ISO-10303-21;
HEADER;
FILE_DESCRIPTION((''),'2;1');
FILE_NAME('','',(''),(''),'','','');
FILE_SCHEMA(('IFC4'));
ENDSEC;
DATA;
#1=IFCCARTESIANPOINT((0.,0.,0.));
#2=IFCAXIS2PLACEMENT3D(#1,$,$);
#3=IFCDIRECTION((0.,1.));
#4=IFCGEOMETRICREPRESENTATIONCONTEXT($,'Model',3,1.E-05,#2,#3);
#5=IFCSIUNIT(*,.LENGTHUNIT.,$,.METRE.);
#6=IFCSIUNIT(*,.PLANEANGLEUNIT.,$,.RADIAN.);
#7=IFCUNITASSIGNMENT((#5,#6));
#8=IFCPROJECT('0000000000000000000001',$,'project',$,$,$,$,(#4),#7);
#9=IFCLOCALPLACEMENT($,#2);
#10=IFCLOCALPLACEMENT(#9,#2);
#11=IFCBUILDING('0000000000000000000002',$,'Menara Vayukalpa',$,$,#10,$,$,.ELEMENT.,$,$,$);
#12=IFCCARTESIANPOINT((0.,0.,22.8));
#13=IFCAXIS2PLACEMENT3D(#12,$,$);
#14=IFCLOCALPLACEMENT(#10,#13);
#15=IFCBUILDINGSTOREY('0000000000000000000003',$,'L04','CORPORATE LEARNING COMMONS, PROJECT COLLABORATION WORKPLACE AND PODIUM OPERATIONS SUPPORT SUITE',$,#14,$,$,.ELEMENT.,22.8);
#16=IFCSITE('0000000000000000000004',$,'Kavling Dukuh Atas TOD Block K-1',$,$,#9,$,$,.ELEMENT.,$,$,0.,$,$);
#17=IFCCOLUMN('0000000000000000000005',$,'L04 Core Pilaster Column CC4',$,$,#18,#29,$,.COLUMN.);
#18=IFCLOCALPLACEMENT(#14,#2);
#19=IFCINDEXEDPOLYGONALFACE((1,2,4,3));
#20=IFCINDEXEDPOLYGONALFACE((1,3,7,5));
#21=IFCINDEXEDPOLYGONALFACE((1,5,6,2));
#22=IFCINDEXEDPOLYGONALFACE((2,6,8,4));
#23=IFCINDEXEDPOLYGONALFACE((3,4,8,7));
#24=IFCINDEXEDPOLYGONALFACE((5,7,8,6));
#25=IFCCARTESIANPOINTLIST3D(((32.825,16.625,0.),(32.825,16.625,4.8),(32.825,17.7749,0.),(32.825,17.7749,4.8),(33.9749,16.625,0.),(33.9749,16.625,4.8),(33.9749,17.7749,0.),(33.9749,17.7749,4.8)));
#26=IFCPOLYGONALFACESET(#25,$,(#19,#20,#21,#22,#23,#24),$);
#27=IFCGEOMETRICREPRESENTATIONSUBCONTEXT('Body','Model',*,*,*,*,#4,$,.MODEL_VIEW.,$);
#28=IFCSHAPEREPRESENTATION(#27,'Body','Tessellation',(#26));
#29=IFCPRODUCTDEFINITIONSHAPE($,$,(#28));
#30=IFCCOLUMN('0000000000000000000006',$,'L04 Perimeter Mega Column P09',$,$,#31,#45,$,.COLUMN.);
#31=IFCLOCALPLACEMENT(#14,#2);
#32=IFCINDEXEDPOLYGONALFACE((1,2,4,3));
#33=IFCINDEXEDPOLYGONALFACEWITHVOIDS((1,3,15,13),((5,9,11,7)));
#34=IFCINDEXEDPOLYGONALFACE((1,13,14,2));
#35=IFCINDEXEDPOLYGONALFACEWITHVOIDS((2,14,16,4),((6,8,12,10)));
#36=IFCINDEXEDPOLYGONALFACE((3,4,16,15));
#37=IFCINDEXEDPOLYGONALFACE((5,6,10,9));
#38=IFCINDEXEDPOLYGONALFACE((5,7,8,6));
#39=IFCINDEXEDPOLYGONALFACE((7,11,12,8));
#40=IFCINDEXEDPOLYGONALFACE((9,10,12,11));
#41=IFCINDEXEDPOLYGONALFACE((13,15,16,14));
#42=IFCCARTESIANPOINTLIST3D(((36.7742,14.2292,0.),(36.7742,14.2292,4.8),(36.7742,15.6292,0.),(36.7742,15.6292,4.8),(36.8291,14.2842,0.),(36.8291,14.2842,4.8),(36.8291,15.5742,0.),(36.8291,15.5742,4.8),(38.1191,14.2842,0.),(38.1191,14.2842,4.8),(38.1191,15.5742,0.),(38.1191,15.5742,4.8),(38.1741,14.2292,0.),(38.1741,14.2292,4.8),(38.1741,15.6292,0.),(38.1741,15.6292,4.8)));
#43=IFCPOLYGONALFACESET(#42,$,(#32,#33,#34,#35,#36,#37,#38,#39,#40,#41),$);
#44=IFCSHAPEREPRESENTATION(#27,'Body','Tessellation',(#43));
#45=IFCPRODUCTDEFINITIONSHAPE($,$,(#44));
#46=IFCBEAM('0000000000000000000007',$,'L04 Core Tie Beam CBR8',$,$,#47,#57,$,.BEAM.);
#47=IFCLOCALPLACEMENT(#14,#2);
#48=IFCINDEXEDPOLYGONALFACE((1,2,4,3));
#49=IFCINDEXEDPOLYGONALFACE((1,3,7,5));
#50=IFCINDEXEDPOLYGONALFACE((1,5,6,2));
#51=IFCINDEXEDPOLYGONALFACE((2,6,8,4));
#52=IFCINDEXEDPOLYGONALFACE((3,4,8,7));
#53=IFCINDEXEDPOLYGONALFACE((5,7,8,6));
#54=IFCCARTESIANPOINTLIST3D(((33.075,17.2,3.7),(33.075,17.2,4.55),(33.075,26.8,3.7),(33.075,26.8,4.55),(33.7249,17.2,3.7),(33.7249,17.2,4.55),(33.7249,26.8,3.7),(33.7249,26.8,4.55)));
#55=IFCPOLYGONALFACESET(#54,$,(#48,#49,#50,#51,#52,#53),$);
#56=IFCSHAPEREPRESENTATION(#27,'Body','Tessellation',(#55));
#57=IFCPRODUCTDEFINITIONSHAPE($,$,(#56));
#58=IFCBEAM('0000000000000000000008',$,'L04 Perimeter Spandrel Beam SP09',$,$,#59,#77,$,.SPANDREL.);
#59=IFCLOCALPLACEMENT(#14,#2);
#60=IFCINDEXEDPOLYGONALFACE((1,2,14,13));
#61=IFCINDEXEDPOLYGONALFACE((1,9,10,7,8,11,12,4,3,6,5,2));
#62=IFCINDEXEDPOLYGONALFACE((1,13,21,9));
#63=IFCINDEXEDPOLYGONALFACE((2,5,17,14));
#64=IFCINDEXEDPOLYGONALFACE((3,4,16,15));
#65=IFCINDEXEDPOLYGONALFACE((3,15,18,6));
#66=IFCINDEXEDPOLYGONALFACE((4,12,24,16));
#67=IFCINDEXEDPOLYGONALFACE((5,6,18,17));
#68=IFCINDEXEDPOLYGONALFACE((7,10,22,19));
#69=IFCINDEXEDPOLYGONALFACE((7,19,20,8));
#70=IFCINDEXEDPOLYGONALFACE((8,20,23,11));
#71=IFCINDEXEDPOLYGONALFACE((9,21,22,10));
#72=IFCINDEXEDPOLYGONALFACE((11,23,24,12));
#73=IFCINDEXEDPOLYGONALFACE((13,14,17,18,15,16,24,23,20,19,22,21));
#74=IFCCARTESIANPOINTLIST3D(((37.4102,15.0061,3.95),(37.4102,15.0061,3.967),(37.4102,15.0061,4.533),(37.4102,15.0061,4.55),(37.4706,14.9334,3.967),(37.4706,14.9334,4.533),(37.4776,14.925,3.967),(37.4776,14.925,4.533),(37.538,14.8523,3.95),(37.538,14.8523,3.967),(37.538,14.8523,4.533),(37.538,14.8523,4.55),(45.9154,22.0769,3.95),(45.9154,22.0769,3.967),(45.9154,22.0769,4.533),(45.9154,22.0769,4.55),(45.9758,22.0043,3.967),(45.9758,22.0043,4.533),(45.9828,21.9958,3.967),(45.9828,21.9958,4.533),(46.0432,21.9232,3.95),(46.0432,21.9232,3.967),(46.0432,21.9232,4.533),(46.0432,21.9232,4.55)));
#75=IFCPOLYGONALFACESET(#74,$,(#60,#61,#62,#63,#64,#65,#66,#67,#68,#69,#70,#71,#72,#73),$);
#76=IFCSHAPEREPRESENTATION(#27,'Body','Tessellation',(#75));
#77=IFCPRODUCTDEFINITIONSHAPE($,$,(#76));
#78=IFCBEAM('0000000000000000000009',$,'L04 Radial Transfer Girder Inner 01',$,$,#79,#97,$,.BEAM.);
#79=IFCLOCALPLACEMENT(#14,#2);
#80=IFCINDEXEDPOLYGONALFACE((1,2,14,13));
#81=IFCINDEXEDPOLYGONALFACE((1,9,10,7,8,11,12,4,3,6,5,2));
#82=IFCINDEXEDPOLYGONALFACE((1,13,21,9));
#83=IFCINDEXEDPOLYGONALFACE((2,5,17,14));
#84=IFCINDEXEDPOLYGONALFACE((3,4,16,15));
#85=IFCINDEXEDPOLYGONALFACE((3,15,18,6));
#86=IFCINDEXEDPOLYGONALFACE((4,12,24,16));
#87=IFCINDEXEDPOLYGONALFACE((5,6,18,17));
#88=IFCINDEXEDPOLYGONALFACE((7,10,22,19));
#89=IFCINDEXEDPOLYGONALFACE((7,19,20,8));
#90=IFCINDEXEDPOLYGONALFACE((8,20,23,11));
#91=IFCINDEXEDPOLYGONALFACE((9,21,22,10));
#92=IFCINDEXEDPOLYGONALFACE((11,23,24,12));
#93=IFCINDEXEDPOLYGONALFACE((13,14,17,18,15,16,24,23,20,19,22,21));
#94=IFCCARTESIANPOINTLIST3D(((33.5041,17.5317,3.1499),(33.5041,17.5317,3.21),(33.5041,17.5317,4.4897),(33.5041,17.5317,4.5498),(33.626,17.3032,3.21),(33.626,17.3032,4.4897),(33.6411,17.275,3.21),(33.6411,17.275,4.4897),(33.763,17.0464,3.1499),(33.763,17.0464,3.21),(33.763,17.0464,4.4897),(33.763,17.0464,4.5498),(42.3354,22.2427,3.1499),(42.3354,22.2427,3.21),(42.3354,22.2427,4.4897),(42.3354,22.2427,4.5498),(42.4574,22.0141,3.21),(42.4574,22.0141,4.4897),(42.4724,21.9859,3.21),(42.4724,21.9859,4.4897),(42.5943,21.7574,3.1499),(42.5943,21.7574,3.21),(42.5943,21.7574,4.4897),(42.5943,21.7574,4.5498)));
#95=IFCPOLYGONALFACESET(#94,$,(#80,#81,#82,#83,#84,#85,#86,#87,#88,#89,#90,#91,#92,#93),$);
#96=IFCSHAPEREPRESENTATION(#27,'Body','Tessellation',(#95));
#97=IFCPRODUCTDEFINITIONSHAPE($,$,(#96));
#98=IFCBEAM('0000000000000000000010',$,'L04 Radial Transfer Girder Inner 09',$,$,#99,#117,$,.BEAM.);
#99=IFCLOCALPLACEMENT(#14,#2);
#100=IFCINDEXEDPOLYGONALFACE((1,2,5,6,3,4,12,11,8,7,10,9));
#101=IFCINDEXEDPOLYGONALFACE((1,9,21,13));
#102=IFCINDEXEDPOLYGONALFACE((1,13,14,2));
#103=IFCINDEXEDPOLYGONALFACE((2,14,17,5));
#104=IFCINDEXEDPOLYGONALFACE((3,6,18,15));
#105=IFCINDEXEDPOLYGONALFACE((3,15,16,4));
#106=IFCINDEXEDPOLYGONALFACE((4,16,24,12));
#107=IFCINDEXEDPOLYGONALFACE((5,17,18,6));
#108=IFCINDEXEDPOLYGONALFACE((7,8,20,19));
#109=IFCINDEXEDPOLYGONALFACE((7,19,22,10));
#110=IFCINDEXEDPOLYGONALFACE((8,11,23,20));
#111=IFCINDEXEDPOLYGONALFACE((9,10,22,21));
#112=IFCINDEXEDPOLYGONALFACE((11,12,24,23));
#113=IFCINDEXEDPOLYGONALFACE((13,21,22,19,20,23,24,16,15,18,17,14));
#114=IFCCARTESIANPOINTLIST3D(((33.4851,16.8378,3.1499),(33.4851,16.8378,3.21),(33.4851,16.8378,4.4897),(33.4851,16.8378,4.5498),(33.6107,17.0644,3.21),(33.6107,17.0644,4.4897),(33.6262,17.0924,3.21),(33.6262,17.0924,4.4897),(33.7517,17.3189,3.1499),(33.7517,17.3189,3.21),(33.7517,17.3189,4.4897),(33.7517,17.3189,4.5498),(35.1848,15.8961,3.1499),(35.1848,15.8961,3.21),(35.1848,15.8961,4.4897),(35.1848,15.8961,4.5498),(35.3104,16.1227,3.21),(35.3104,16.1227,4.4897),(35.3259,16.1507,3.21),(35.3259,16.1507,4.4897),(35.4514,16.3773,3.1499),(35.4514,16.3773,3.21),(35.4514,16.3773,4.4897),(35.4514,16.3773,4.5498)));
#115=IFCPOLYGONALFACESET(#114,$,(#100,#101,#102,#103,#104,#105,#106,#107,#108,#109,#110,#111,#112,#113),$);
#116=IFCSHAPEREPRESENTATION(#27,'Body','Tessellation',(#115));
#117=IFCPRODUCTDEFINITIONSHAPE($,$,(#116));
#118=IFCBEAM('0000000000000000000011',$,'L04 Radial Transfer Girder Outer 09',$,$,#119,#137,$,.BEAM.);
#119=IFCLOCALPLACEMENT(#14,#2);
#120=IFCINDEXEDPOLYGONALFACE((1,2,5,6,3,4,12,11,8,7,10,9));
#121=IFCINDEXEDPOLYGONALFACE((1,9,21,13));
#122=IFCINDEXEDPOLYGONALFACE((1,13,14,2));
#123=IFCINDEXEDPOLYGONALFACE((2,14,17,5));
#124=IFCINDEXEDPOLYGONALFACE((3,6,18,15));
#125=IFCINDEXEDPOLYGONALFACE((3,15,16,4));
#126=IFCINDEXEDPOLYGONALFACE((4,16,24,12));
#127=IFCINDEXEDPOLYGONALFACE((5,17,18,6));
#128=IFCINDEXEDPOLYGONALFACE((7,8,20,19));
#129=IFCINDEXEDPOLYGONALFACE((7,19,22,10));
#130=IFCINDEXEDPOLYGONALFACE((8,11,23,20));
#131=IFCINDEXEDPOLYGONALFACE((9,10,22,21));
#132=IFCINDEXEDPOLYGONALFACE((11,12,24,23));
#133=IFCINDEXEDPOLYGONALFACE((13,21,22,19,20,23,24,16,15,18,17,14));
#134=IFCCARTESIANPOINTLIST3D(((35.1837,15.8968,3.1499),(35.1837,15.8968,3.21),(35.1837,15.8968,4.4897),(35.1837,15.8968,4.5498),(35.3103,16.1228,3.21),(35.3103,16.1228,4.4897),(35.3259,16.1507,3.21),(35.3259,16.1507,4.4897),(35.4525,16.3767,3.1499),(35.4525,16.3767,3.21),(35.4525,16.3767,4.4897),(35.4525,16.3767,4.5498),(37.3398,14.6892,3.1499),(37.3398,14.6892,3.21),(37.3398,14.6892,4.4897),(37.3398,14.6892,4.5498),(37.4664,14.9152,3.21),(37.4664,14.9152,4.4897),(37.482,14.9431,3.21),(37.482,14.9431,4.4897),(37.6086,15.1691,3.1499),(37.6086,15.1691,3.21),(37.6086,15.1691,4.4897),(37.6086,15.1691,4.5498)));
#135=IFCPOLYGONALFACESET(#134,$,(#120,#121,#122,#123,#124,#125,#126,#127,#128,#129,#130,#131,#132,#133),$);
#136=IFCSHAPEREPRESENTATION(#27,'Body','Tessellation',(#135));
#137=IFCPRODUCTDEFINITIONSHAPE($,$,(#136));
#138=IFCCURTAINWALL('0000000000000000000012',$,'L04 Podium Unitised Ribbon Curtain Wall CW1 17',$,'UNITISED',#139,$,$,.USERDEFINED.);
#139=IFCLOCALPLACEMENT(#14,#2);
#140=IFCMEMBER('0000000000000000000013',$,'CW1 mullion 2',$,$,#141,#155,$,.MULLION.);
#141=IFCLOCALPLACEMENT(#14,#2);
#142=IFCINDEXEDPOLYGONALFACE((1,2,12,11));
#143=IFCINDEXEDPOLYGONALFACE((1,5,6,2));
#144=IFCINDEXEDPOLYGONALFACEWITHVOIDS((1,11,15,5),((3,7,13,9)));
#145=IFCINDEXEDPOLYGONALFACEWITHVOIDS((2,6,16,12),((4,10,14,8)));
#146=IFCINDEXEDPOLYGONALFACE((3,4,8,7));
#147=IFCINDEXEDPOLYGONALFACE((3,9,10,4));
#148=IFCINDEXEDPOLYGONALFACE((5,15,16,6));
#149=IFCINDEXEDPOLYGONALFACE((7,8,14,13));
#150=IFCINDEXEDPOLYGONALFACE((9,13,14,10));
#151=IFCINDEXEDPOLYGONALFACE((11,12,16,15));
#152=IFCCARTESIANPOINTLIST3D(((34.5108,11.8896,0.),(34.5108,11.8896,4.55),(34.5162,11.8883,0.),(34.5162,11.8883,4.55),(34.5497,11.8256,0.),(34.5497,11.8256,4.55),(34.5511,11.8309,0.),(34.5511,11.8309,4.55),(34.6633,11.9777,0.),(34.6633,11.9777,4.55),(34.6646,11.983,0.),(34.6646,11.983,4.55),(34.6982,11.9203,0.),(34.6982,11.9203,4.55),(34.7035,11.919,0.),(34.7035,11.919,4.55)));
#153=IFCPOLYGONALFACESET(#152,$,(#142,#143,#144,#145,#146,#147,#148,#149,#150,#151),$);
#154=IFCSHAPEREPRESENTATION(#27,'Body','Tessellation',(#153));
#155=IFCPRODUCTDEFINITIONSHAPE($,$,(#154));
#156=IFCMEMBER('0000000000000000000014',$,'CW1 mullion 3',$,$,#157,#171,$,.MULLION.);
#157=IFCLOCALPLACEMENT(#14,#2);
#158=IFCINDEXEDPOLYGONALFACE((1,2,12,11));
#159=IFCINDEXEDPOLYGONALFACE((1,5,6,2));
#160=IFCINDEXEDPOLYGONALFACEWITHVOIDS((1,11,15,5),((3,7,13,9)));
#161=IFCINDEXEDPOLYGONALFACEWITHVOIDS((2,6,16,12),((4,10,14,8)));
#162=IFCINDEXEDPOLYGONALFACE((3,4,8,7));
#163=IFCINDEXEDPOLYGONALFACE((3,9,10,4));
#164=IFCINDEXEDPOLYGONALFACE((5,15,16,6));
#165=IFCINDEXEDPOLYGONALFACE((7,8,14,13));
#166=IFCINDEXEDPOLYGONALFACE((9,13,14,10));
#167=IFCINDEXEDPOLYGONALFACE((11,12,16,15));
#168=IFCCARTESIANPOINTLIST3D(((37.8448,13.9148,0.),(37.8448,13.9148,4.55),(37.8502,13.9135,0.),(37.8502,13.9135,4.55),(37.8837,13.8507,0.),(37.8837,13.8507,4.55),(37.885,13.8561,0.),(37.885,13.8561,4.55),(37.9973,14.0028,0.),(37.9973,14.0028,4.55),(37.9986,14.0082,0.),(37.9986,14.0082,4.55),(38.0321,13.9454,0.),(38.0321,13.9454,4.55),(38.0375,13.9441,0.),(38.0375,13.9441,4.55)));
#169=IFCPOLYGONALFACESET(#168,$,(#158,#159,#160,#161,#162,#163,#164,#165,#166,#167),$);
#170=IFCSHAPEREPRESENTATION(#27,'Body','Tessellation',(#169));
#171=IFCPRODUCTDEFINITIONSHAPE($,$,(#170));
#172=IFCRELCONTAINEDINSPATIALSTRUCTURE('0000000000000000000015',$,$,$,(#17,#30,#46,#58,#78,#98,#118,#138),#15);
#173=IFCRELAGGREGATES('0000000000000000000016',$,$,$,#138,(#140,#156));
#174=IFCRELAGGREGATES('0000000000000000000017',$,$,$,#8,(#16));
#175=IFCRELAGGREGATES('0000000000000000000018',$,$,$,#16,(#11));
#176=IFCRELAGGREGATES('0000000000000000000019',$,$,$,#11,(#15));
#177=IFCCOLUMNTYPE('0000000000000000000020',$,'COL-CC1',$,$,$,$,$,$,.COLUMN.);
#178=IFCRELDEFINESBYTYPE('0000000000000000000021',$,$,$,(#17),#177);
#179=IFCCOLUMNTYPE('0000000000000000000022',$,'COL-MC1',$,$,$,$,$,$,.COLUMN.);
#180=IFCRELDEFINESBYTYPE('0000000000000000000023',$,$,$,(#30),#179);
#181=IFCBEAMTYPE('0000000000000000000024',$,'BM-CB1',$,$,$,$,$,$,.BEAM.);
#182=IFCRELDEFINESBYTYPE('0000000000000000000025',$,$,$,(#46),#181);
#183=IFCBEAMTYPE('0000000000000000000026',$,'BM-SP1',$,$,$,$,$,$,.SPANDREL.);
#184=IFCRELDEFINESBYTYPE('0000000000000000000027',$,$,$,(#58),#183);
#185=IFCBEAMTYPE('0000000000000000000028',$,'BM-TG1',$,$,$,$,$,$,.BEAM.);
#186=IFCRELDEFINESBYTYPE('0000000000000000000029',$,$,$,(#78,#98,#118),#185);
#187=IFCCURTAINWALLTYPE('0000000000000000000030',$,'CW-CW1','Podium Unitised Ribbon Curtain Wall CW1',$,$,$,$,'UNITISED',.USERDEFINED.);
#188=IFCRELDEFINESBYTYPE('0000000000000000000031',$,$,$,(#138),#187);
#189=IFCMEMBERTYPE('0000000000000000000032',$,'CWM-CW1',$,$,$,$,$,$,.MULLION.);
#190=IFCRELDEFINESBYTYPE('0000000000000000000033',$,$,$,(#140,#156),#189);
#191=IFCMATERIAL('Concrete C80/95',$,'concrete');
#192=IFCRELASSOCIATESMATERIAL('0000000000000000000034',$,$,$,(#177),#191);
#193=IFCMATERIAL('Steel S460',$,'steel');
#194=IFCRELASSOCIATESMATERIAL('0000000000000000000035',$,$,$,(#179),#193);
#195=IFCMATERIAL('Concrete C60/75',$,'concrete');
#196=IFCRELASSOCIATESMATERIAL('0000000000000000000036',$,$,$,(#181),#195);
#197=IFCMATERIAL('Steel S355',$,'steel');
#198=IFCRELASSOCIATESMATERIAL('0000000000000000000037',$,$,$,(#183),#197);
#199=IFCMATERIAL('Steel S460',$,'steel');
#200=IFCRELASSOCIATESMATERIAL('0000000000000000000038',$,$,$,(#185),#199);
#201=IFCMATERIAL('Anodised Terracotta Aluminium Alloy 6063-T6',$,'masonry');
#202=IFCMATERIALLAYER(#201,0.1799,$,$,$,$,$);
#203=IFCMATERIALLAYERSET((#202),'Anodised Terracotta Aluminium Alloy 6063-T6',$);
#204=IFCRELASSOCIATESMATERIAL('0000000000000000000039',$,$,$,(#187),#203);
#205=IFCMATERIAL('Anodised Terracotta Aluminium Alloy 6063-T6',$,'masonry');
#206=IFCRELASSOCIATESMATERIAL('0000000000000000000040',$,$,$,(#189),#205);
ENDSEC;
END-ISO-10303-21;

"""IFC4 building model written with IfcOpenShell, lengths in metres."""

from ifc_helpers import new_model, si_unit, direction, frame, origin, origin_2d, place, context, subcontext, project, spatial, rectangle, hollow_rectangle, i_section, extrude, material, layer, layer_set, material_profile, profile_set, type_object, element, aggregate, save


model = new_model("IFC4")

# Units and contexts
model_context = context("Model", 3, precision=1e-05, world=origin(), true_north=direction((0.0, 1.0)))
body_context = subcontext(model_context, "Body", "Model", "MODEL_VIEW")
ifc_project = project(units=[si_unit("LENGTHUNIT", "METRE"), si_unit("PLANEANGLEUNIT", "RADIAN")], contexts=[model_context])

# Site, building, storey
site_placement = place(None, origin())
site = spatial("IfcSite", under=ifc_project, at=site_placement, Name="Kavling Dukuh Atas TOD Block K-1", CompositionType="ELEMENT", RefElevation=0.0)
building_placement = place(site_placement, origin())
building = spatial("IfcBuilding", under=site, at=building_placement, Name="Menara Vayukalpa", CompositionType="ELEMENT")
storey_placement = place(building_placement, frame((0.0, 0.0, 22.8)))
storey = spatial("IfcBuildingStorey", under=building, at=storey_placement, Name="L04", Description="CORPORATE LEARNING COMMONS, PROJECT COLLABORATION WORKPLACE AND PODIUM OPERATIONS SUPPORT SUITE", CompositionType="ELEMENT", Elevation=22.8)

# Columns
ifc_material_1 = material(Name="Concrete C80/95", Category="concrete")
ifc_material_profile_1 = material_profile(ifc_material_1, rectangle(XDim=1.1499, YDim=1.1499, at=origin_2d()), Name="RC 1150x1150")
ifc_profile_set_1 = profile_set([ifc_material_profile_1], Name="Concrete C80/95")
column_type_1 = type_object("IfcColumnType", Name="COL-CC1", PredefinedType="COLUMN", material=ifc_profile_set_1)
column_1_placement = place(storey_placement, frame((33.3999, 17.2, 0.0), z_axis=(0.0, 0.0, 1.0), x_axis=(1.0, 0.0, 0.0)))
element("IfcColumn", 1, at=column_1_placement, inside=storey, type_object=column_type_1, Name="L04 Core Pilaster Column CC4", PredefinedType="COLUMN", context=body_context, shape_type="SweptSolid", body=[
    extrude(rectangle(XDim=1.1499, YDim=1.1499, at=origin_2d()), origin(), (0.0, 0.0, 1.0), 4.8),
])
ifc_material_2 = material(Name="Steel S460", Category="steel")
ifc_material_profile_2 = material_profile(ifc_material_2, hollow_rectangle(XDim=1.3999, YDim=1.3999, WallThickness=0.0549, at=origin_2d()), Name="BOX 1400x1400x55")
ifc_profile_set_2 = profile_set([ifc_material_profile_2], Name="Steel S460")
column_type_2 = type_object("IfcColumnType", Name="COL-MC1", PredefinedType="COLUMN", material=ifc_profile_set_2)
column_2_placement = place(storey_placement, frame((37.4741, 14.9292, 0.0), z_axis=(0.0, 0.0, 1.0), x_axis=(1.0, 0.0, 0.0)))
element("IfcColumn", 2, at=column_2_placement, inside=storey, type_object=column_type_2, Name="L04 Perimeter Mega Column P09", PredefinedType="COLUMN", context=body_context, shape_type="SweptSolid", body=[
    extrude(hollow_rectangle(XDim=1.3999, YDim=1.3999, WallThickness=0.0549, at=origin_2d()), origin(), (0.0, 0.0, 1.0), 4.8),
])

# Beams
ifc_material_3 = material(Name="Concrete C60/75", Category="concrete")
ifc_material_profile_3 = material_profile(ifc_material_3, rectangle(XDim=0.6499, YDim=0.8501, at=origin_2d()), Name="RC 650x850")
ifc_profile_set_3 = profile_set([ifc_material_profile_3], Name="Concrete C60/75")
beam_type_1 = type_object("IfcBeamType", Name="BM-CB1", PredefinedType="BEAM", material=ifc_profile_set_3)
beam_1_placement = place(storey_placement, frame((33.3999, 17.2, 4.125), z_axis=(0.0, 1.0, 0.0), x_axis=(-1.0, 0.0, 0.0)))
element("IfcBeam", 3, at=beam_1_placement, inside=storey, type_object=beam_type_1, Name="L04 Core Tie Beam CBR8", PredefinedType="BEAM", context=body_context, shape_type="SweptSolid", body=[
    extrude(rectangle(XDim=0.6499, YDim=0.8501, at=origin_2d()), origin(), (0.0, 0.0, 1.0), 9.6001),
])
ifc_material_4 = material(Name="Steel S355", Category="steel")
ifc_material_profile_4 = material_profile(ifc_material_4, i_section(OverallWidth=0.2, OverallDepth=0.6001, WebThickness=0.011, FlangeThickness=0.0171, at=origin_2d()), Name="WF 600x200x11x17")
ifc_profile_set_4 = profile_set([ifc_material_profile_4], Name="Steel S355")
beam_type_2 = type_object("IfcBeamType", Name="BM-SP1", PredefinedType="SPANDREL", material=ifc_profile_set_4)
beam_2_placement = place(storey_placement, frame((37.4741, 14.9292, 4.25), z_axis=(0.768968, 0.639287, 0.0), x_axis=(-0.639287, 0.768968, 0.0)))
element("IfcBeam", 4, at=beam_2_placement, inside=storey, type_object=beam_type_2, Name="L04 Perimeter Spandrel Beam SP09", PredefinedType="SPANDREL", context=body_context, shape_type="SweptSolid", body=[
    extrude(i_section(OverallWidth=0.2, OverallDepth=0.6001, WebThickness=0.011, FlangeThickness=0.0171, at=origin_2d()), origin(), (0.0, 0.0, 1.0), 11.0605),
])
ifc_material_5 = material(Name="Steel S460", Category="steel")
ifc_material_profile_5 = material_profile(ifc_material_5, i_section(OverallWidth=0.55, OverallDepth=1.3999, WebThickness=0.032, FlangeThickness=0.0601, at=origin_2d()), Name="WG 1400x550x32x60")
ifc_profile_set_5 = profile_set([ifc_material_profile_5], Name="Steel S460")
beam_type_3 = type_object("IfcBeamType", Name="BM-TG1", PredefinedType="BEAM", material=ifc_profile_set_5)
beam_3_placement = place(storey_placement, frame((33.6335, 17.2891, 3.8499), z_axis=(0.882315, 0.470659, 0.0), x_axis=(-0.470659, 0.882315, 0.0)))
element("IfcBeam", 5, at=beam_3_placement, inside=storey, type_object=beam_type_3, Name="L04 Radial Transfer Girder Inner 01", PredefinedType="BEAM", context=body_context, shape_type="SweptSolid", body=[
    extrude(i_section(OverallWidth=0.55, OverallDepth=1.3999, WebThickness=0.032, FlangeThickness=0.0601, at=origin_2d()), origin(), (0.0, 0.0, 1.0), 10.0093),
])
beam_4_placement = place(storey_placement, frame((33.6184, 17.0784, 3.8499), z_axis=(0.874732, -0.484608, 0.0), x_axis=(0.484608, 0.874732, 0.0)))
element("IfcBeam", 6, at=beam_4_placement, inside=storey, type_object=beam_type_3, Name="L04 Radial Transfer Girder Inner 09", PredefinedType="BEAM", context=body_context, shape_type="SweptSolid", body=[
    extrude(i_section(OverallWidth=0.55, OverallDepth=1.3999, WebThickness=0.032, FlangeThickness=0.0601, at=origin_2d()), origin(), (0.0, 0.0, 1.0), 1.9431),
])
beam_5_placement = place(storey_placement, frame((35.3181, 16.1367, 3.8499), z_axis=(0.872479, -0.488652, 0.0), x_axis=(0.488652, 0.872479, 0.0)))
element("IfcBeam", 7, at=beam_5_placement, inside=storey, type_object=beam_type_3, Name="L04 Radial Transfer Girder Outer 09", PredefinedType="BEAM", context=body_context, shape_type="SweptSolid", body=[
    extrude(i_section(OverallWidth=0.55, OverallDepth=1.3999, WebThickness=0.032, FlangeThickness=0.0601, at=origin_2d()), origin(), (0.0, 0.0, 1.0), 2.4712),
])

# Curtain wall, members
ifc_material_6 = material(Name="Anodised Terracotta Aluminium Alloy 6063-T6", Category="masonry")
ifc_layer_1 = layer(ifc_material_6, 0.1799)
ifc_layer_set_1 = layer_set([ifc_layer_1], Name="Anodised Terracotta Aluminium Alloy 6063-T6")
curtain_wall_type = type_object("IfcCurtainWallType", Name="CW-CW1", Description="Podium Unitised Ribbon Curtain Wall CW1", ElementType="UNITISED", PredefinedType="USERDEFINED", material=ifc_layer_set_1)
curtain_wall_placement = place(storey_placement, origin())
curtain_wall = element("IfcCurtainWall", 8, at=curtain_wall_placement, inside=storey, type_object=curtain_wall_type, Name="L04 Podium Unitised Ribbon Curtain Wall CW1 17", ObjectType="UNITISED", PredefinedType="USERDEFINED")
ifc_material_7 = material(Name="Anodised Terracotta Aluminium Alloy 6063-T6", Category="masonry")
ifc_material_profile_6 = material_profile(ifc_material_7, hollow_rectangle(XDim=0.075, YDim=0.1799, WallThickness=0.0039, at=origin_2d()), Name="ALU 75x180x4")
ifc_profile_set_6 = profile_set([ifc_material_profile_6], Name="Anodised Terracotta Aluminium Alloy 6063-T6")
member_type_1 = type_object("IfcMemberType", Name="CWM-CW1", PredefinedType="MULLION", material=ifc_profile_set_6)
member_1_placement = place(storey_placement, frame((34.6072, 11.9043, 0.0), z_axis=(0.0, 0.0, 1.0), x_axis=(-0.51918, 0.854665, 0.0)))
member_1 = element("IfcMember", 9, at=member_1_placement, type_object=member_type_1, Name="CW1 mullion 2", PredefinedType="MULLION", context=body_context, shape_type="SweptSolid", body=[
    extrude(hollow_rectangle(XDim=0.075, YDim=0.1799, WallThickness=0.0039, at=origin_2d()), origin(), (0.0, 0.0, 1.0), 4.55),
])
member_2_placement = place(storey_placement, frame((37.9412, 13.9294, 0.0), z_axis=(0.0, 0.0, 1.0), x_axis=(-0.51918, 0.854665, 0.0)))
member_2 = element("IfcMember", 10, at=member_2_placement, type_object=member_type_1, Name="CW1 mullion 3", PredefinedType="MULLION", context=body_context, shape_type="SweptSolid", body=[
    extrude(hollow_rectangle(XDim=0.075, YDim=0.1799, WallThickness=0.0039, at=origin_2d()), origin(), (0.0, 0.0, 1.0), 4.55),
])
aggregate(curtain_wall, [member_1, member_2])

save(model, "model.ifc")
